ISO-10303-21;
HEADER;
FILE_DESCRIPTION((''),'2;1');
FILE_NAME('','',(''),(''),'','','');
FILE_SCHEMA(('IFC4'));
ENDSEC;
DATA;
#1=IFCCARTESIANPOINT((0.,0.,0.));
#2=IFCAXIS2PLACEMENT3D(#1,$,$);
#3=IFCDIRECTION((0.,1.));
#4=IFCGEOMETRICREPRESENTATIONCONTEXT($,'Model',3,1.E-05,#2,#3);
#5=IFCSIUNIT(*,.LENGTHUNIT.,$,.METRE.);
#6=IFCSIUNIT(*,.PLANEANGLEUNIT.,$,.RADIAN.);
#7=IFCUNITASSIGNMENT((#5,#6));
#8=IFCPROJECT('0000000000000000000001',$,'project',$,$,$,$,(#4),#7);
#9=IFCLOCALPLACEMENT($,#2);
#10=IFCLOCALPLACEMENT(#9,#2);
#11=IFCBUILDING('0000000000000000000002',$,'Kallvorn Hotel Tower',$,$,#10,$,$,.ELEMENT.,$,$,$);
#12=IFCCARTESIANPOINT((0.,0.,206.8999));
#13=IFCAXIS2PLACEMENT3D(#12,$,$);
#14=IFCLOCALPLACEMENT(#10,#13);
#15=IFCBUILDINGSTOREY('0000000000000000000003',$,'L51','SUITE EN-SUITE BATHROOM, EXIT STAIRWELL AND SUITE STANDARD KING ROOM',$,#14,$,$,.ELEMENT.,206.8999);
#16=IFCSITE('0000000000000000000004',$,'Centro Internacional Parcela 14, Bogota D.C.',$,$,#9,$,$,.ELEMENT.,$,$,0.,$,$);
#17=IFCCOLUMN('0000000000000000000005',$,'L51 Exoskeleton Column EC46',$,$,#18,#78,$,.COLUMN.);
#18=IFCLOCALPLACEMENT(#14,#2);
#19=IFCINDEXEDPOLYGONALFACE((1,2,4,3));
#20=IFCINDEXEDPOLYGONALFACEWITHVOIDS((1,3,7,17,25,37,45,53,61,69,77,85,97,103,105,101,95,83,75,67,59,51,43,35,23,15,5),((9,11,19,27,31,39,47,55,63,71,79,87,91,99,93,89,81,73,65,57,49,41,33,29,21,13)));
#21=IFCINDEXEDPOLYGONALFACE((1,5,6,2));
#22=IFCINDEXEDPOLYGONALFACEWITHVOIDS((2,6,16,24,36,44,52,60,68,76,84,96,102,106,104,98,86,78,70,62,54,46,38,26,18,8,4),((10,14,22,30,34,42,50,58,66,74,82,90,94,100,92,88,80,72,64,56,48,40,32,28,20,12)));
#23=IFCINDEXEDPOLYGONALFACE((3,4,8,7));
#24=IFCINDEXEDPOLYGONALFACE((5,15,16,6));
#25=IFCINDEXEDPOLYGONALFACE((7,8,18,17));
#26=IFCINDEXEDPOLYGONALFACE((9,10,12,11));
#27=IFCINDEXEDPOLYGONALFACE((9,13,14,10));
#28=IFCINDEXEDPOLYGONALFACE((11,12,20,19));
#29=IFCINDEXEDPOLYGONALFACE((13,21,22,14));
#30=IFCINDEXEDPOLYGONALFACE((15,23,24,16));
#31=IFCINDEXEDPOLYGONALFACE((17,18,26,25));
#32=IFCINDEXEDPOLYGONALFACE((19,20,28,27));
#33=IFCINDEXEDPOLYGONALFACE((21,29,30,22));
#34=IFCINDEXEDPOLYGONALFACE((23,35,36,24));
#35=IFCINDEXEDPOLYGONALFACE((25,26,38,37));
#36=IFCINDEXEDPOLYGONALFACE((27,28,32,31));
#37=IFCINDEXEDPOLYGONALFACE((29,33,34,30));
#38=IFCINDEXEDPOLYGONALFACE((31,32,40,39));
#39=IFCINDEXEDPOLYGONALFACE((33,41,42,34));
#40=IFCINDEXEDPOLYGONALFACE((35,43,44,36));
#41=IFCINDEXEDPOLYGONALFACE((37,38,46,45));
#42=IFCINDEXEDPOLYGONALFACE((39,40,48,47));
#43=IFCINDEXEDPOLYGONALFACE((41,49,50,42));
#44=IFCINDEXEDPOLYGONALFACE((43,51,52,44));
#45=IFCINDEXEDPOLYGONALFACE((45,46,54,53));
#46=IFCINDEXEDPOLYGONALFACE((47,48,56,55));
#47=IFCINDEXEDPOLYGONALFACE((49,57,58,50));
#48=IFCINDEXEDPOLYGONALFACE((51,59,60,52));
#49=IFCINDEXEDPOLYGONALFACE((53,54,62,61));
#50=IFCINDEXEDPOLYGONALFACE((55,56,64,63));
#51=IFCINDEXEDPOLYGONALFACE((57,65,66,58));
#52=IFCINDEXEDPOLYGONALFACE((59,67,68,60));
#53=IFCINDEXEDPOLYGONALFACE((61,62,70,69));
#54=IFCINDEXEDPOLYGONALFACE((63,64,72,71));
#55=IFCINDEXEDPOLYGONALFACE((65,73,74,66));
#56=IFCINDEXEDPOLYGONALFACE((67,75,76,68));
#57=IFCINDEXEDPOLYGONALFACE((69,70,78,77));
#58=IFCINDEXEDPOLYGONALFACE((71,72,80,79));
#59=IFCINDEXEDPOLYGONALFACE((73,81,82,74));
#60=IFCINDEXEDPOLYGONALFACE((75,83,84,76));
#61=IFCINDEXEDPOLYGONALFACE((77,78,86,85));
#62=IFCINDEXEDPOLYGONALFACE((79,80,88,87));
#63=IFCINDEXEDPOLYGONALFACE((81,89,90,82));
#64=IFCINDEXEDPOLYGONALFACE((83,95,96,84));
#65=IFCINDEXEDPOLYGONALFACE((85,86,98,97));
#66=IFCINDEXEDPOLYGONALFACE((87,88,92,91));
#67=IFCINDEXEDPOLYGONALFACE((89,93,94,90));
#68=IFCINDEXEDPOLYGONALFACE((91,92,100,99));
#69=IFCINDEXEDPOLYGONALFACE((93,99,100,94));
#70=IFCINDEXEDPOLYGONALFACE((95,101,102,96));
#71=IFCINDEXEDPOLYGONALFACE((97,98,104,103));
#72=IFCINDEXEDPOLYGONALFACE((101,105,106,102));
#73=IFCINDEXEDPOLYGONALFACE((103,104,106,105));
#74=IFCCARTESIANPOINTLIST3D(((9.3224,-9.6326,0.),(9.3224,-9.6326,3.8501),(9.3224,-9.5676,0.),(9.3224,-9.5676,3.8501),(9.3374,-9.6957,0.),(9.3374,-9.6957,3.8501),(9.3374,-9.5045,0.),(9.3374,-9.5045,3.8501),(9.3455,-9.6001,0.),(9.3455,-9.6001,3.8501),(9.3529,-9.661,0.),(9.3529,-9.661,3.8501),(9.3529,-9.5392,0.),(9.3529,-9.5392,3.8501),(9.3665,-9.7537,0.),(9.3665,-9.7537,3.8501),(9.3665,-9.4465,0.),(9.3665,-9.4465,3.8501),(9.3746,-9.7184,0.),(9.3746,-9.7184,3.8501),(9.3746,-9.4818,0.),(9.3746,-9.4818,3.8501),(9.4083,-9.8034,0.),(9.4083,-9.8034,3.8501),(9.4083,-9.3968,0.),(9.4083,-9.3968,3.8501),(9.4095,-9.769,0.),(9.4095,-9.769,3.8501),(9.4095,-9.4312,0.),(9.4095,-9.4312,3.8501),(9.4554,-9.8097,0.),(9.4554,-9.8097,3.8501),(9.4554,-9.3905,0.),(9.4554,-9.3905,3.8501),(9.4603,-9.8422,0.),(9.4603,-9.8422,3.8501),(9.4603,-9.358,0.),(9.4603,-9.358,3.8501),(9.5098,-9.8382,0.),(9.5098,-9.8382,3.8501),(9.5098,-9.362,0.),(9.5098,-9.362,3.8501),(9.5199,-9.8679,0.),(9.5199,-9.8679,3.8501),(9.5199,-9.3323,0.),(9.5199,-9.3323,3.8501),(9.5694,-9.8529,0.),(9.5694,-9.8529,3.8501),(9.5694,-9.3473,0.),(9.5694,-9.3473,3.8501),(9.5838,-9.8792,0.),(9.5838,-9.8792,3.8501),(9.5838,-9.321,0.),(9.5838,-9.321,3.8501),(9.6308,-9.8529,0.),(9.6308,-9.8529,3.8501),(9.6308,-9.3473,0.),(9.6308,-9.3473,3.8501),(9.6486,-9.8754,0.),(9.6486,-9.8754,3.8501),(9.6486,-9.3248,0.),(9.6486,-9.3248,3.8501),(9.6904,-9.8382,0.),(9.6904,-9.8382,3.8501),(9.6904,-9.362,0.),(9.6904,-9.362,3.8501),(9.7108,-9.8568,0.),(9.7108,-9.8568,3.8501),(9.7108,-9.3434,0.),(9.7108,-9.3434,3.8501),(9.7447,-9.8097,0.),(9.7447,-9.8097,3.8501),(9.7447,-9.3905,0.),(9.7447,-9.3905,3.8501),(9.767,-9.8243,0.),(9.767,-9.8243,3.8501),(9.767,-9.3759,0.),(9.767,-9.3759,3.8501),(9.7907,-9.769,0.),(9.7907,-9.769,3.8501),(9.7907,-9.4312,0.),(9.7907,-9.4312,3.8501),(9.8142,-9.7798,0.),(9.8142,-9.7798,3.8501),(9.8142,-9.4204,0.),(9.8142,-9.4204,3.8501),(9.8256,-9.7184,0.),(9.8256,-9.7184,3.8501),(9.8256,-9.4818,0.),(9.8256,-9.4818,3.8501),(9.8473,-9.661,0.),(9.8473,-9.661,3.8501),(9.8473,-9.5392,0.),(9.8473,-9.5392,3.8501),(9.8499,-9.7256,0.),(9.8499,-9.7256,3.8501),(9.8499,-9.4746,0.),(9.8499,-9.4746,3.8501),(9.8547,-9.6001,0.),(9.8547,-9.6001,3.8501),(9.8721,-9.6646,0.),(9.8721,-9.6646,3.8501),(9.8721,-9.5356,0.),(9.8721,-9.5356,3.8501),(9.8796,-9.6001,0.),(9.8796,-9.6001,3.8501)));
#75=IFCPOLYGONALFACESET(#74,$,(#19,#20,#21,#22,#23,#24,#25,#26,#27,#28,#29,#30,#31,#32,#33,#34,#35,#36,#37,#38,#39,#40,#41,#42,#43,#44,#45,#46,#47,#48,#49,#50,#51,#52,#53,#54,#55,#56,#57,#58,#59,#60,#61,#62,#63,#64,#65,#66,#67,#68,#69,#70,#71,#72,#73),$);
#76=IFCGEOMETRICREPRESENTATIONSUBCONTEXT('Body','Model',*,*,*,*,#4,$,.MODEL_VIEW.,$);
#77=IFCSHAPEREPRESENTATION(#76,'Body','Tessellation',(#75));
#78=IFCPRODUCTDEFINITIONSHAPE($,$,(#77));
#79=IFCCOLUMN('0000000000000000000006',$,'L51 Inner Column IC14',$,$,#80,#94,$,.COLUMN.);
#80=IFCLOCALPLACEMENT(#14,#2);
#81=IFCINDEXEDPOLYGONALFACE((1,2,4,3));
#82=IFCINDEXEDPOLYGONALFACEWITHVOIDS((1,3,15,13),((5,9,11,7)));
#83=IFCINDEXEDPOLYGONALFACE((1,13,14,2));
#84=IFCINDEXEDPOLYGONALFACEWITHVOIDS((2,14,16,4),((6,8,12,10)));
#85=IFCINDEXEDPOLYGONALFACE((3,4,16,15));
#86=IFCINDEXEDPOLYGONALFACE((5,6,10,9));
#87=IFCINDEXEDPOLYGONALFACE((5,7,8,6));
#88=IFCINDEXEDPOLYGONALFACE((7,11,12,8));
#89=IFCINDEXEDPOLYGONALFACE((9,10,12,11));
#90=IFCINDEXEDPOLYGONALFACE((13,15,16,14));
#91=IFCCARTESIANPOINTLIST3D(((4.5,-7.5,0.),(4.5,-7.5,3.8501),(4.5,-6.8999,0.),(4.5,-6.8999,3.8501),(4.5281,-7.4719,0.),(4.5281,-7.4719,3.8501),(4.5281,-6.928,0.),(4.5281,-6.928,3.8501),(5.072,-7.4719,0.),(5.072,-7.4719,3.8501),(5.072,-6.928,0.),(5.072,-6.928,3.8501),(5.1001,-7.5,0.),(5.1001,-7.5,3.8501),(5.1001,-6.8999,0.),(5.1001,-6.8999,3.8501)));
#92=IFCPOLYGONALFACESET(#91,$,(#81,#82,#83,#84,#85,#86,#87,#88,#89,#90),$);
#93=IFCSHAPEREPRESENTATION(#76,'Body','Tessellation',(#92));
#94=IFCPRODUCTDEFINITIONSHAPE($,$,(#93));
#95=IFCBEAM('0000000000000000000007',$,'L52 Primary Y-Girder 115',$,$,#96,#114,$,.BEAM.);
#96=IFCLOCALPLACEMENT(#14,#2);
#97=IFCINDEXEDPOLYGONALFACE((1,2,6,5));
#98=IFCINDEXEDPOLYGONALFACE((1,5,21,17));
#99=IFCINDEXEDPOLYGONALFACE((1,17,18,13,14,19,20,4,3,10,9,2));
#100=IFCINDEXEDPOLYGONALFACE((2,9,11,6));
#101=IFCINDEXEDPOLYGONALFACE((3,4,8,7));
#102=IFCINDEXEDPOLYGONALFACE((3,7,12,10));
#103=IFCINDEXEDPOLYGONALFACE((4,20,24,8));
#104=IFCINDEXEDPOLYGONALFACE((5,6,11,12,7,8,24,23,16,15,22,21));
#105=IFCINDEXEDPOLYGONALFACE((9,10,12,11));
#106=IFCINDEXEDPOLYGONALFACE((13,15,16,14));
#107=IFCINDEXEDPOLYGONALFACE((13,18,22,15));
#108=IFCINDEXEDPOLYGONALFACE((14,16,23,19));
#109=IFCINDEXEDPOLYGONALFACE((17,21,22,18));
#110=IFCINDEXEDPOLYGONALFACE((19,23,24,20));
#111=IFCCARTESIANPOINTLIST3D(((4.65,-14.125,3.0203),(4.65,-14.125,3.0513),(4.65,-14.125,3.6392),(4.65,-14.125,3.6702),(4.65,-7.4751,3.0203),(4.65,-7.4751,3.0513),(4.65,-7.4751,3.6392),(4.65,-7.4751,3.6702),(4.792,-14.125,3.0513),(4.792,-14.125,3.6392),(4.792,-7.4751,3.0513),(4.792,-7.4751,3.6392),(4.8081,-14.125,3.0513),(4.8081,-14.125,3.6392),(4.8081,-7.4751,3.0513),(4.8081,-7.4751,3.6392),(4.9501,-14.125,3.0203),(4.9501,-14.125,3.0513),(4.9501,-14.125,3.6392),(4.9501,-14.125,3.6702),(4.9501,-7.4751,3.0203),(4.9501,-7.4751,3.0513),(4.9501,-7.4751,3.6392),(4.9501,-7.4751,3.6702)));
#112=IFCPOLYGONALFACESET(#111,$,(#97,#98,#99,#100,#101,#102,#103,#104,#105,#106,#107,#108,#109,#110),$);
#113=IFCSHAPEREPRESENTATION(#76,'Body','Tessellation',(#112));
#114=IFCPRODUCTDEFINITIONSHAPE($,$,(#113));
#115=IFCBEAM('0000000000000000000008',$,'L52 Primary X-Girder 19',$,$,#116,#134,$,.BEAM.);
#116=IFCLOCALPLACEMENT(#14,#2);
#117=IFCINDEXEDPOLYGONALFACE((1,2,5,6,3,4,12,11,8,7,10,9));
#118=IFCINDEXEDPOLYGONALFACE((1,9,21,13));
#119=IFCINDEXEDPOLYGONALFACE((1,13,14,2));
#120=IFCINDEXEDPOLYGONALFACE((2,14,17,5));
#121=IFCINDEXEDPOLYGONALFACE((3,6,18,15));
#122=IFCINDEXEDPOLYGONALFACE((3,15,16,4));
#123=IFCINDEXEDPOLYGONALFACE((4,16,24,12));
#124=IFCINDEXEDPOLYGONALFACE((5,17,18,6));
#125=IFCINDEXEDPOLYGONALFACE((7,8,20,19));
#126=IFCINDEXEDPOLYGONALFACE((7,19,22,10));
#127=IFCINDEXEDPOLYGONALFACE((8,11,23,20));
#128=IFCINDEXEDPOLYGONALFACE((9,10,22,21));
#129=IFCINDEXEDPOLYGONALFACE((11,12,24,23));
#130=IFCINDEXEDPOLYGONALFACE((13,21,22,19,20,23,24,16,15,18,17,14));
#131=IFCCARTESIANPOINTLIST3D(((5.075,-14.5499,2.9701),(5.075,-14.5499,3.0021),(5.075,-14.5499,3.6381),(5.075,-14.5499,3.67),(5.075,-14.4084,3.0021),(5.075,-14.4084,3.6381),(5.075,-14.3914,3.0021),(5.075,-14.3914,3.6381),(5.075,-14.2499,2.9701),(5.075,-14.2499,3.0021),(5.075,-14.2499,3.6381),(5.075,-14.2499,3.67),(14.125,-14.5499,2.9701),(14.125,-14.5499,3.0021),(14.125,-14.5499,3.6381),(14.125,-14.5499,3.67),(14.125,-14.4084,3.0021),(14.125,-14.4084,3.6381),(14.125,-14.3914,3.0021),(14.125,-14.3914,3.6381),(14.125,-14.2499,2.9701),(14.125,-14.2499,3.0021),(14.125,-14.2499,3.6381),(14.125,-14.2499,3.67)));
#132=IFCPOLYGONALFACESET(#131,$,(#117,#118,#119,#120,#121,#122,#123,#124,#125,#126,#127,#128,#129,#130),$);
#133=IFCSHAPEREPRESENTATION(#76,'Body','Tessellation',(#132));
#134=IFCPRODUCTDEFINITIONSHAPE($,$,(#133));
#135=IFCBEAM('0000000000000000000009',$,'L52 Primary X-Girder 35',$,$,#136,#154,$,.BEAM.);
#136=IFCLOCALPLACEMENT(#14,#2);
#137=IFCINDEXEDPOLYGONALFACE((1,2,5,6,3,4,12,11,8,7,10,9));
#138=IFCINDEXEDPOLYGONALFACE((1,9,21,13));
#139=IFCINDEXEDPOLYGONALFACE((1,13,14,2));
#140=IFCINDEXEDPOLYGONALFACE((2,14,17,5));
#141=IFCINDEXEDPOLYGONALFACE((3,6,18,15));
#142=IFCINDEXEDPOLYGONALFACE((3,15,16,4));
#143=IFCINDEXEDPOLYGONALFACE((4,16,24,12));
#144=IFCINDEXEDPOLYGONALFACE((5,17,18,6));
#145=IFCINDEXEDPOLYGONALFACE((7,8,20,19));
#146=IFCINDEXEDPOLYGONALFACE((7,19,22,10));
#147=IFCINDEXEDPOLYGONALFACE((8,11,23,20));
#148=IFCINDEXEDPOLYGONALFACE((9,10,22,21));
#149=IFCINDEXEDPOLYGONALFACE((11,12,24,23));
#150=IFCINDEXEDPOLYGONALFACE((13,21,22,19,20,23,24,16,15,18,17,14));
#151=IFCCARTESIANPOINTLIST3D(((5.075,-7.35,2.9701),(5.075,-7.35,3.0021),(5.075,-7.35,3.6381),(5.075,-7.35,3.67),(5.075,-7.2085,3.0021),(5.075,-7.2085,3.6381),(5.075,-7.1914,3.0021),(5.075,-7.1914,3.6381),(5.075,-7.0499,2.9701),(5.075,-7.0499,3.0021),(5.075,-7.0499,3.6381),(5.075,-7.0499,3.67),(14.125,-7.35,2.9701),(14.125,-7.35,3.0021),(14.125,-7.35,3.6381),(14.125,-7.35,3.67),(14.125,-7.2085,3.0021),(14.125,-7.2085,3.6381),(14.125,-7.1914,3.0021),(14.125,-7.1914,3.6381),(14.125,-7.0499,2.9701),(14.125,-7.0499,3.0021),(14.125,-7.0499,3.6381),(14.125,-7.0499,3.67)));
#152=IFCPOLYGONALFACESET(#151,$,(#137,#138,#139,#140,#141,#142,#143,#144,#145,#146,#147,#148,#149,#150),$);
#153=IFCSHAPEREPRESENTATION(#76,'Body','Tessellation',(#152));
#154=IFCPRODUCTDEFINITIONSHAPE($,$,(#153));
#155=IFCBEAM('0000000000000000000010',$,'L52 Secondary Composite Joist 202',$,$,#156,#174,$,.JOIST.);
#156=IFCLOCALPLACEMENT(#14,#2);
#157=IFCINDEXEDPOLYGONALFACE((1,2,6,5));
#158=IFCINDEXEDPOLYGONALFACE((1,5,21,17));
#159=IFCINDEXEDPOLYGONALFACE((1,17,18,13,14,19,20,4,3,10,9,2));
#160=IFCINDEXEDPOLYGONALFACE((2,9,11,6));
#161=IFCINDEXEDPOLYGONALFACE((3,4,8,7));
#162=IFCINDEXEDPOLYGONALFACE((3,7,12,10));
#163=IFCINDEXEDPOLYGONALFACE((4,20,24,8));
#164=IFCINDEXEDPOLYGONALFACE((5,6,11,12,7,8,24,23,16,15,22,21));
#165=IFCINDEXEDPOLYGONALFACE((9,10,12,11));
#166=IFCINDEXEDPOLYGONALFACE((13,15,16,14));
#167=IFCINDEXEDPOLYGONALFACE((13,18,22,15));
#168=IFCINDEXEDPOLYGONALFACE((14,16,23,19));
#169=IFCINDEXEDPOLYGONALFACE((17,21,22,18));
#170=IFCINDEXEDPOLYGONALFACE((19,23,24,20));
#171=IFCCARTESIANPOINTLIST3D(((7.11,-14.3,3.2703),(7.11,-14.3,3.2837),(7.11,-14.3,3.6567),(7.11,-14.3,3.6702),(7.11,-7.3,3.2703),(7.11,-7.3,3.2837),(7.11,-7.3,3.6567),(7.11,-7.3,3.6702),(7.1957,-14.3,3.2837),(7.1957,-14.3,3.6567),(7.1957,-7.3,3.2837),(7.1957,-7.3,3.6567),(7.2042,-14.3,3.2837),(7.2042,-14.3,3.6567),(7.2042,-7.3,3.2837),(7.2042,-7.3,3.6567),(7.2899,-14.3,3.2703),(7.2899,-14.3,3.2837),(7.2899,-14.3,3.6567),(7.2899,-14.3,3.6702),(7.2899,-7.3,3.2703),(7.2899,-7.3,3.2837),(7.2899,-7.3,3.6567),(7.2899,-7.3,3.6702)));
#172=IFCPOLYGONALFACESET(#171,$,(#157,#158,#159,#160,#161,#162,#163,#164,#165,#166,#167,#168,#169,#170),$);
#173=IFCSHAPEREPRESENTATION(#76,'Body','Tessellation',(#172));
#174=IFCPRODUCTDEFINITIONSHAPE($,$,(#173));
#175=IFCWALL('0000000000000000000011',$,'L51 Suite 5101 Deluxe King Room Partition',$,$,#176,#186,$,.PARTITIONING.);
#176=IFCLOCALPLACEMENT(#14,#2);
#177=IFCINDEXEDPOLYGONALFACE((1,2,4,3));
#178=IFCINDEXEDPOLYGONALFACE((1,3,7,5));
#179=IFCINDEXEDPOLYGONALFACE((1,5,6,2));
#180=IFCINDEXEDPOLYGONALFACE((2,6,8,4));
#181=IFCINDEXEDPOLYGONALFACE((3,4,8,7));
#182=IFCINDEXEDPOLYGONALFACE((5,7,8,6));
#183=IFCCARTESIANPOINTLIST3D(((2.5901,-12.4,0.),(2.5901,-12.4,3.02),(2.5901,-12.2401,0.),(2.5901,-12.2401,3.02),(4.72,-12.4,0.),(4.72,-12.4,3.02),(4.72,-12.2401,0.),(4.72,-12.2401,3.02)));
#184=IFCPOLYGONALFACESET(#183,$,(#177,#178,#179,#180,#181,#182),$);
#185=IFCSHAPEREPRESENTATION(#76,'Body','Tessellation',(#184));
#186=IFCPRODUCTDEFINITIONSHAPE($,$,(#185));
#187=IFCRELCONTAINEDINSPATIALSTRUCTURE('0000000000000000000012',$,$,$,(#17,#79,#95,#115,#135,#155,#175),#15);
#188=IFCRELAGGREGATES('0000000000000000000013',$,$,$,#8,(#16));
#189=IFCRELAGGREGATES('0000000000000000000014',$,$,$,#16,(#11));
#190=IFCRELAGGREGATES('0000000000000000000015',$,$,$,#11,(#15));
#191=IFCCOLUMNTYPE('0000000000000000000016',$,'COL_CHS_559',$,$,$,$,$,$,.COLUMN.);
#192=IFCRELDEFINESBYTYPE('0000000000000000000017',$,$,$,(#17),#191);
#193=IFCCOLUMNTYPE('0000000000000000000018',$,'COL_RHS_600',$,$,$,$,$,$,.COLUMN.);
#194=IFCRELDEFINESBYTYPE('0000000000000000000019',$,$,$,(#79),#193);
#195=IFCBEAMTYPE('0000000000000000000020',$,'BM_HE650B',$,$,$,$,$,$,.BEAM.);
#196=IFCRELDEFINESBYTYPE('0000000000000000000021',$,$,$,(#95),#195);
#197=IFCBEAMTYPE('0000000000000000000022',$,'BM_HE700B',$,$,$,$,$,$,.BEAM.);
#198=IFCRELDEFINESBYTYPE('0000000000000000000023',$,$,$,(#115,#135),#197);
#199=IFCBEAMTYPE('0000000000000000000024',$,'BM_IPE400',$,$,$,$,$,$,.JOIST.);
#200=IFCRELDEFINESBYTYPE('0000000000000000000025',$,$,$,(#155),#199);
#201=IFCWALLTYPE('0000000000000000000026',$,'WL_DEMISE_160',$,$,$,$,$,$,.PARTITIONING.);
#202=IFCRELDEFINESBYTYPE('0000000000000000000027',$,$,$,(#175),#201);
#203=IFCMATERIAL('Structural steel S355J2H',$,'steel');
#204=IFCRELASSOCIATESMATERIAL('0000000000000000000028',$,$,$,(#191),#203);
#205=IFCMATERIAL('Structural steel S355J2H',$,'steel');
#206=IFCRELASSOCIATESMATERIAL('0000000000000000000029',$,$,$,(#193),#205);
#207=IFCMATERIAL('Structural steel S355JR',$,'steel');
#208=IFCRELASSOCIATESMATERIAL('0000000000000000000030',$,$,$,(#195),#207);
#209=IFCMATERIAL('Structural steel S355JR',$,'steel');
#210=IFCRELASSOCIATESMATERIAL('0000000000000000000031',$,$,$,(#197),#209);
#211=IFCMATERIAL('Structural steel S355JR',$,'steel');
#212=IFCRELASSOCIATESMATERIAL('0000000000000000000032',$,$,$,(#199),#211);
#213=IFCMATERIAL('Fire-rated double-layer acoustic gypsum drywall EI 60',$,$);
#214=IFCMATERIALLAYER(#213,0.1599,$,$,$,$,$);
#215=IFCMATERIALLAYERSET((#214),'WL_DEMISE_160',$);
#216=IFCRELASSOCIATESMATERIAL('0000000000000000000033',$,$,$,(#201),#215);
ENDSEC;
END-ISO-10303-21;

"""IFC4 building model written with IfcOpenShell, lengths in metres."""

from ifc_helpers import new_model, si_unit, direction, frame, frame_2d, origin, origin_2d, place, context, subcontext, project, spatial, rectangle, hollow_rectangle, hollow_circle, i_section, extrude, material, layer, layer_set, material_profile, profile_set, type_object, element, save


model = new_model("IFC4")

# Units and contexts
model_context = context("Model", 3, precision=1e-05, world=origin(), true_north=direction((0.0, 1.0)))
body_context = subcontext(model_context, "Body", "Model", "MODEL_VIEW")
ifc_project = project(units=[si_unit("LENGTHUNIT", "METRE"), si_unit("PLANEANGLEUNIT", "RADIAN")], contexts=[model_context])

# Site, building, storey
site_placement = place(None, origin())
site = spatial("IfcSite", under=ifc_project, at=site_placement, Name="Centro Internacional Parcela 14, Bogota D.C.", CompositionType="ELEMENT", RefElevation=0.0)
building_placement = place(site_placement, origin())
building = spatial("IfcBuilding", under=site, at=building_placement, Name="Kallvorn Hotel Tower", CompositionType="ELEMENT")
storey_placement = place(building_placement, frame((0.0, 0.0, 206.8999)))
storey = spatial("IfcBuildingStorey", under=building, at=storey_placement, Name="L51", Description="SUITE EN-SUITE BATHROOM, EXIT STAIRWELL AND SUITE STANDARD KING ROOM", CompositionType="ELEMENT", Elevation=206.8999)

# Columns
ifc_material_1 = material(Name="Structural steel S355J2H", Category="steel")
ifc_material_profile_1 = material_profile(ifc_material_1, hollow_circle(Radius=0.2795, WallThickness=0.0249, at=origin_2d()), Name="CHS 559x25")
ifc_profile_set_1 = profile_set([ifc_material_profile_1], Name="Structural steel S355J2H")
column_type_1 = type_object("IfcColumnType", Name="COL_CHS_559", PredefinedType="COLUMN", material=ifc_profile_set_1)
column_1_placement = place(storey_placement, frame((9.6001, -9.6001, 0.0), z_axis=(0.0, 0.0, 1.0), x_axis=(1.0, 0.0, 0.0)))
element("IfcColumn", 1, at=column_1_placement, inside=storey, type_object=column_type_1, Name="L51 Exoskeleton Column EC46", PredefinedType="COLUMN", context=body_context, shape_type="SweptSolid", body=[
    extrude(hollow_circle(Radius=0.2795, WallThickness=0.0249, at=origin_2d()), origin(), (0.0, 0.0, 1.0), 3.8501),
])
ifc_material_2 = material(Name="Structural steel S355J2H", Category="steel")
ifc_material_profile_2 = material_profile(ifc_material_2, hollow_rectangle(XDim=0.6001, YDim=0.6001, WallThickness=0.0281, at=origin_2d()), Name="RHS 600x600x28")
ifc_profile_set_2 = profile_set([ifc_material_profile_2], Name="Structural steel S355J2H")
column_type_2 = type_object("IfcColumnType", Name="COL_RHS_600", PredefinedType="COLUMN", material=ifc_profile_set_2)
column_2_placement = place(storey_placement, frame((4.8, -7.2, 0.0), z_axis=(0.0, 0.0, 1.0), x_axis=(1.0, 0.0, 0.0)))
element("IfcColumn", 2, at=column_2_placement, inside=storey, type_object=column_type_2, Name="L51 Inner Column IC14", PredefinedType="COLUMN", context=body_context, shape_type="SweptSolid", body=[
    extrude(hollow_rectangle(XDim=0.6001, YDim=0.6001, WallThickness=0.0281, at=origin_2d()), origin(), (0.0, 0.0, 1.0), 3.8501),
])

# Beams
ifc_material_3 = material(Name="Structural steel S355JR", Category="steel")
ifc_material_profile_3 = material_profile(ifc_material_3, i_section(OverallWidth=0.3, OverallDepth=0.6499, WebThickness=0.0161, FlangeThickness=0.031, at=origin_2d()), Name="HE 650 B")
ifc_profile_set_3 = profile_set([ifc_material_profile_3], Name="Structural steel S355JR")
beam_type_1 = type_object("IfcBeamType", Name="BM_HE650B", PredefinedType="BEAM", material=ifc_profile_set_3)
beam_1_placement = place(storey_placement, frame((4.8, -14.125, 3.3452), z_axis=(0.0, 1.0, 0.0), x_axis=(-1.0, 0.0, 0.0)))
element("IfcBeam", 3, at=beam_1_placement, inside=storey, type_object=beam_type_1, Name="L52 Primary Y-Girder 115", PredefinedType="BEAM", context=body_context, shape_type="SweptSolid", body=[
    extrude(i_section(OverallWidth=0.3, OverallDepth=0.6499, WebThickness=0.0161, FlangeThickness=0.031, at=origin_2d()), origin(), (0.0, 0.0, 1.0), 6.6499),
])
ifc_material_4 = material(Name="Structural steel S355JR", Category="steel")
ifc_material_profile_4 = material_profile(ifc_material_4, i_section(OverallWidth=0.3, OverallDepth=0.7, WebThickness=0.0171, FlangeThickness=0.032, at=origin_2d()), Name="HE 700 B")
ifc_profile_set_4 = profile_set([ifc_material_profile_4], Name="Structural steel S355JR")
beam_type_2 = type_object("IfcBeamType", Name="BM_HE700B", PredefinedType="BEAM", material=ifc_profile_set_4)
for number, where, z_axis, x_axis, name in (
    (4, (5.075, -14.3999, 3.3201), (1.0, 0.0, 0.0), (0.0, 1.0, 0.0), "L52 Primary X-Girder 19"),
    (5, (5.075, -7.2, 3.3201), (1.0, 0.0, 0.0), (0.0, 1.0, 0.0), "L52 Primary X-Girder 35"),
):
    element("IfcBeam", number, at=place(storey_placement, frame(where, z_axis=z_axis, x_axis=x_axis)), inside=storey, type_object=beam_type_2, Name=name, PredefinedType="BEAM", context=body_context, shape_type="SweptSolid", body=[
        extrude(i_section(OverallWidth=0.3, OverallDepth=0.7, WebThickness=0.0171, FlangeThickness=0.032, at=origin_2d()), origin(), (0.0, 0.0, 1.0), 9.05),
    ])
ifc_material_5 = material(Name="Structural steel S355JR", Category="steel")
ifc_material_profile_5 = material_profile(ifc_material_5, i_section(OverallWidth=0.1799, OverallDepth=0.3999, WebThickness=0.0085, FlangeThickness=0.0134, at=origin_2d()), Name="IPE 400")
ifc_profile_set_5 = profile_set([ifc_material_profile_5], Name="Structural steel S355JR")
beam_type_3 = type_object("IfcBeamType", Name="BM_IPE400", PredefinedType="JOIST", material=ifc_profile_set_5)
beam_2_placement = place(storey_placement, frame((7.2, -14.3, 3.4702), z_axis=(0.0, 1.0, 0.0), x_axis=(-1.0, 0.0, 0.0)))
element("IfcBeam", 6, at=beam_2_placement, inside=storey, type_object=beam_type_3, Name="L52 Secondary Composite Joist 202", PredefinedType="JOIST", context=body_context, shape_type="SweptSolid", body=[
    extrude(i_section(OverallWidth=0.1799, OverallDepth=0.3999, WebThickness=0.0085, FlangeThickness=0.0134, at=origin_2d()), origin(), (0.0, 0.0, 1.0), 7.0),
])

# Wall
ifc_material_6 = material(Name="Fire-rated double-layer acoustic gypsum drywall EI 60")
ifc_layer_1 = layer(ifc_material_6, 0.1599)
ifc_layer_set_1 = layer_set([ifc_layer_1], Name="WL_DEMISE_160")
wall_type_1 = type_object("IfcWallType", Name="WL_DEMISE_160", PredefinedType="PARTITIONING", material=ifc_layer_set_1)
wall_1_placement = place(storey_placement, frame((2.5901, -12.3201, 0.0), z_axis=(0.0, 0.0, 1.0), x_axis=(1.0, 0.0, 0.0)))
element("IfcWall", 7, at=wall_1_placement, inside=storey, type_object=wall_type_1, Name="L51 Suite 5101 Deluxe King Room Partition", PredefinedType="PARTITIONING", context=body_context, shape_type="SweptSolid", body=[
    extrude(rectangle(XDim=2.1299, YDim=0.1599, at=frame_2d((1.0649, 0.0))), origin(), (0.0, 0.0, 1.0), 3.02),
])

save(model, "model.ifc")
